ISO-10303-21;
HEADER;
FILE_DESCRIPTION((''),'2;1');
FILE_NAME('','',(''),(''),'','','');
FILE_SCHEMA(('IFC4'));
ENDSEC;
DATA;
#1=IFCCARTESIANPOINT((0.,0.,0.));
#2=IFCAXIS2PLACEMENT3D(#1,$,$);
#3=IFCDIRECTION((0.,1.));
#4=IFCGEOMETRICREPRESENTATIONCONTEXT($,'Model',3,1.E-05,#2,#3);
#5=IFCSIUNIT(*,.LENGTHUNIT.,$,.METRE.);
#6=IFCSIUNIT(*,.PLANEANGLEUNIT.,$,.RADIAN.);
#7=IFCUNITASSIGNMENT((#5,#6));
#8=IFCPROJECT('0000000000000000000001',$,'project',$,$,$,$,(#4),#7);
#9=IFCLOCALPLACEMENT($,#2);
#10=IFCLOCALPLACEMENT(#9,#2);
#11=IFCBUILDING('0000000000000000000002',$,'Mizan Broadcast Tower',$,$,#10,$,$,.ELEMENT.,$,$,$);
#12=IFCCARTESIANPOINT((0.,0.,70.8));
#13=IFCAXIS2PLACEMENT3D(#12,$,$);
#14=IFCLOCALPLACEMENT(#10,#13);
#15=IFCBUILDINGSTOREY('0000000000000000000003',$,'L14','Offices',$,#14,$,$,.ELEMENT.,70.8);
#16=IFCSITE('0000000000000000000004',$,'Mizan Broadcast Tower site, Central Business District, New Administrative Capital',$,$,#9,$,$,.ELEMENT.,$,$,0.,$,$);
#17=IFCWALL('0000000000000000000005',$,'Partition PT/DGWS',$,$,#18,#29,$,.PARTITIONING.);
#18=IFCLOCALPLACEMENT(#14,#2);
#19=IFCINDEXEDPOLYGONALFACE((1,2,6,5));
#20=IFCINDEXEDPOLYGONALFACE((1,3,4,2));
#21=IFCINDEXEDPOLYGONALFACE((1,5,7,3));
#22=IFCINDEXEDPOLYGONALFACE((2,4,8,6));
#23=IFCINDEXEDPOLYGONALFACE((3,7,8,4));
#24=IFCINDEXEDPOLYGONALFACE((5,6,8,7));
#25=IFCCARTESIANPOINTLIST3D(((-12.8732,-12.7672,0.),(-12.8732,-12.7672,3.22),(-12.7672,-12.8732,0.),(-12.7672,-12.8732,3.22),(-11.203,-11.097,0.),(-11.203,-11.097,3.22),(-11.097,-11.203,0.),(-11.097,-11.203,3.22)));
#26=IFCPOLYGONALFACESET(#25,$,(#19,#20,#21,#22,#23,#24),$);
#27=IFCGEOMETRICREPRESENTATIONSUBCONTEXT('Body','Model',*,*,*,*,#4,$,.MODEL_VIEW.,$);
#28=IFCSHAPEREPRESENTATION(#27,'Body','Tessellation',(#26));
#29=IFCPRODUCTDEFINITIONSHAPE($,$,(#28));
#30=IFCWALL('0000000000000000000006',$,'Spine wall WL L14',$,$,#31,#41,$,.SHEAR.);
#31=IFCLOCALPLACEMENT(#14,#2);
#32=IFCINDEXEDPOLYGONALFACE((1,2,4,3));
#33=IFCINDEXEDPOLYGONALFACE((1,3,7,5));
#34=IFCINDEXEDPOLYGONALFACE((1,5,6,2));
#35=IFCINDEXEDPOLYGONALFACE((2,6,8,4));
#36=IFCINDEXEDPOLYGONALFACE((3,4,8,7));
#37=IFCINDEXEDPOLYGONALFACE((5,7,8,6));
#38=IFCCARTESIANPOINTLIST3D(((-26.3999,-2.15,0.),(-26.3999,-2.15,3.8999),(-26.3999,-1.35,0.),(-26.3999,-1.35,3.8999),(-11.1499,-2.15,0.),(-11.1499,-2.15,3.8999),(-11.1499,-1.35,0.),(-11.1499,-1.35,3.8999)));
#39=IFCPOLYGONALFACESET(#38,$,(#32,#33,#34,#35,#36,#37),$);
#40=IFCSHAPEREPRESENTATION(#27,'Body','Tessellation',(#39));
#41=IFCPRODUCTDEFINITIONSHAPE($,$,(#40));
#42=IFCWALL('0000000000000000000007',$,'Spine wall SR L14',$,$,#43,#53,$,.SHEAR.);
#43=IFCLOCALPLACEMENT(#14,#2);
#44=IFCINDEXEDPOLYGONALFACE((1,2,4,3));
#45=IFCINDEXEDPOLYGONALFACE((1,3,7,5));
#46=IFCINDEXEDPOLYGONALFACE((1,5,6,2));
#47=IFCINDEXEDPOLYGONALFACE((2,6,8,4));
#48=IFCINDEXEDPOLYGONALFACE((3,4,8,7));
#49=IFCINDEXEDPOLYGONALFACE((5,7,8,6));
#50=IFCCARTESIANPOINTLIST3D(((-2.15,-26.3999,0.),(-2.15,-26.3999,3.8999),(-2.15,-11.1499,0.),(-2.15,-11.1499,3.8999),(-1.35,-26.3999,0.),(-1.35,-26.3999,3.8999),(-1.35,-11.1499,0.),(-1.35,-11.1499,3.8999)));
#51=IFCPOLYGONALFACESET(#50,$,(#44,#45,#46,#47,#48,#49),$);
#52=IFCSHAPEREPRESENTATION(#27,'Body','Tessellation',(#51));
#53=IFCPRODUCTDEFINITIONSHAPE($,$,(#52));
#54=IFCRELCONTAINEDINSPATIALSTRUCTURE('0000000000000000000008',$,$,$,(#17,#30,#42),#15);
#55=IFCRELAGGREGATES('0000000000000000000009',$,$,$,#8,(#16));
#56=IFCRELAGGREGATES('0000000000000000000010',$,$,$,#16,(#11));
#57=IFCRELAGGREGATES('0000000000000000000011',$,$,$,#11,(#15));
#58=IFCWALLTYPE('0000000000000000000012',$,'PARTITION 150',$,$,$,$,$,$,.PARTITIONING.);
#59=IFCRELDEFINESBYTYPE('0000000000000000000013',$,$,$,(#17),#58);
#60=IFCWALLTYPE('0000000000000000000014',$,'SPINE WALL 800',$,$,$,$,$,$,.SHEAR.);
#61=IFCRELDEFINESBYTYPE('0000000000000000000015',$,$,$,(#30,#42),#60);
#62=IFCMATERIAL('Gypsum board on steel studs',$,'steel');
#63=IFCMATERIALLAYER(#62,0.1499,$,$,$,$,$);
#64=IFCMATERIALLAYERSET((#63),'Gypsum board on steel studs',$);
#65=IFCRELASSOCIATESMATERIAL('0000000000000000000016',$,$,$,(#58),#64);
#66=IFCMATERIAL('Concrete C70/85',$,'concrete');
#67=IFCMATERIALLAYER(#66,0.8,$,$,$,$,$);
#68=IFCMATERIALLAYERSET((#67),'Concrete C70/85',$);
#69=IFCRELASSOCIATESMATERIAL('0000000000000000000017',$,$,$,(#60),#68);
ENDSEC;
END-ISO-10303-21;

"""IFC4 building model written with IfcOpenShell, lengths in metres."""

from ifc_helpers import new_model, si_unit, direction, frame, frame_2d, origin, place, context, subcontext, project, spatial, rectangle, extrude, material, layer, layer_set, type_object, element, save


model = new_model("IFC4")

# Units and contexts
model_context = context("Model", 3, precision=1e-05, world=origin(), true_north=direction((0.0, 1.0)))
body_context = subcontext(model_context, "Body", "Model", "MODEL_VIEW")
ifc_project = project(units=[si_unit("LENGTHUNIT", "METRE"), si_unit("PLANEANGLEUNIT", "RADIAN")], contexts=[model_context])

# Site, building, storey
site_placement = place(None, origin())
site = spatial("IfcSite", under=ifc_project, at=site_placement, Name="Mizan Broadcast Tower site, Central Business District, New Administrative Capital", CompositionType="ELEMENT", RefElevation=0.0)
building_placement = place(site_placement, origin())
building = spatial("IfcBuilding", under=site, at=building_placement, Name="Mizan Broadcast Tower", CompositionType="ELEMENT")
storey_placement = place(building_placement, frame((0.0, 0.0, 70.8)))
storey = spatial("IfcBuildingStorey", under=building, at=storey_placement, Name="L14", Description="Offices", CompositionType="ELEMENT", Elevation=70.8)

# Walls
ifc_material_1 = material(Name="Gypsum board on steel studs", Category="steel")
ifc_layer_1 = layer(ifc_material_1, 0.1499)
ifc_layer_set_1 = layer_set([ifc_layer_1], Name="Gypsum board on steel studs")
wall_type_1 = type_object("IfcWallType", Name="PARTITION 150", PredefinedType="PARTITIONING", material=ifc_layer_set_1)
wall_1_placement = place(storey_placement, frame((-11.1499, -11.1499, 0.0), z_axis=(0.0, 0.0, 1.0), x_axis=(-0.707107, -0.707107, 0.0)))
element("IfcWall", 1, at=wall_1_placement, inside=storey, type_object=wall_type_1, Name="Partition PT/DGWS", PredefinedType="PARTITIONING", context=body_context, shape_type="SweptSolid", body=[
    extrude(rectangle(XDim=2.3621, YDim=0.1499, at=frame_2d((1.1812, 0.0))), origin(), (0.0, 0.0, 1.0), 3.22),
])
ifc_material_2 = material(Name="Concrete C70/85", Category="concrete")
ifc_layer_2 = layer(ifc_material_2, 0.8)
ifc_layer_set_2 = layer_set([ifc_layer_2], Name="Concrete C70/85")
wall_type_2 = type_object("IfcWallType", Name="SPINE WALL 800", PredefinedType="SHEAR", material=ifc_layer_set_2)
for number, where, z_axis, x_axis, name in (
    (2, (-11.1499, -1.75, 0.0), (0.0, 0.0, 1.0), (-1.0, 0.0, 0.0), "Spine wall WL L14"),
    (3, (-1.75, -11.1499, 0.0), (0.0, 0.0, 1.0), (0.0, -1.0, 0.0), "Spine wall SR L14"),
):
    element("IfcWall", number, at=place(storey_placement, frame(where, z_axis=z_axis, x_axis=x_axis)), inside=storey, type_object=wall_type_2, Name=name, PredefinedType="SHEAR", context=body_context, shape_type="SweptSolid", body=[
        extrude(rectangle(XDim=15.25, YDim=0.8, at=frame_2d((7.625, 0.0))), origin(), (0.0, 0.0, 1.0), 3.8999),
    ])

save(model, "model.ifc")
